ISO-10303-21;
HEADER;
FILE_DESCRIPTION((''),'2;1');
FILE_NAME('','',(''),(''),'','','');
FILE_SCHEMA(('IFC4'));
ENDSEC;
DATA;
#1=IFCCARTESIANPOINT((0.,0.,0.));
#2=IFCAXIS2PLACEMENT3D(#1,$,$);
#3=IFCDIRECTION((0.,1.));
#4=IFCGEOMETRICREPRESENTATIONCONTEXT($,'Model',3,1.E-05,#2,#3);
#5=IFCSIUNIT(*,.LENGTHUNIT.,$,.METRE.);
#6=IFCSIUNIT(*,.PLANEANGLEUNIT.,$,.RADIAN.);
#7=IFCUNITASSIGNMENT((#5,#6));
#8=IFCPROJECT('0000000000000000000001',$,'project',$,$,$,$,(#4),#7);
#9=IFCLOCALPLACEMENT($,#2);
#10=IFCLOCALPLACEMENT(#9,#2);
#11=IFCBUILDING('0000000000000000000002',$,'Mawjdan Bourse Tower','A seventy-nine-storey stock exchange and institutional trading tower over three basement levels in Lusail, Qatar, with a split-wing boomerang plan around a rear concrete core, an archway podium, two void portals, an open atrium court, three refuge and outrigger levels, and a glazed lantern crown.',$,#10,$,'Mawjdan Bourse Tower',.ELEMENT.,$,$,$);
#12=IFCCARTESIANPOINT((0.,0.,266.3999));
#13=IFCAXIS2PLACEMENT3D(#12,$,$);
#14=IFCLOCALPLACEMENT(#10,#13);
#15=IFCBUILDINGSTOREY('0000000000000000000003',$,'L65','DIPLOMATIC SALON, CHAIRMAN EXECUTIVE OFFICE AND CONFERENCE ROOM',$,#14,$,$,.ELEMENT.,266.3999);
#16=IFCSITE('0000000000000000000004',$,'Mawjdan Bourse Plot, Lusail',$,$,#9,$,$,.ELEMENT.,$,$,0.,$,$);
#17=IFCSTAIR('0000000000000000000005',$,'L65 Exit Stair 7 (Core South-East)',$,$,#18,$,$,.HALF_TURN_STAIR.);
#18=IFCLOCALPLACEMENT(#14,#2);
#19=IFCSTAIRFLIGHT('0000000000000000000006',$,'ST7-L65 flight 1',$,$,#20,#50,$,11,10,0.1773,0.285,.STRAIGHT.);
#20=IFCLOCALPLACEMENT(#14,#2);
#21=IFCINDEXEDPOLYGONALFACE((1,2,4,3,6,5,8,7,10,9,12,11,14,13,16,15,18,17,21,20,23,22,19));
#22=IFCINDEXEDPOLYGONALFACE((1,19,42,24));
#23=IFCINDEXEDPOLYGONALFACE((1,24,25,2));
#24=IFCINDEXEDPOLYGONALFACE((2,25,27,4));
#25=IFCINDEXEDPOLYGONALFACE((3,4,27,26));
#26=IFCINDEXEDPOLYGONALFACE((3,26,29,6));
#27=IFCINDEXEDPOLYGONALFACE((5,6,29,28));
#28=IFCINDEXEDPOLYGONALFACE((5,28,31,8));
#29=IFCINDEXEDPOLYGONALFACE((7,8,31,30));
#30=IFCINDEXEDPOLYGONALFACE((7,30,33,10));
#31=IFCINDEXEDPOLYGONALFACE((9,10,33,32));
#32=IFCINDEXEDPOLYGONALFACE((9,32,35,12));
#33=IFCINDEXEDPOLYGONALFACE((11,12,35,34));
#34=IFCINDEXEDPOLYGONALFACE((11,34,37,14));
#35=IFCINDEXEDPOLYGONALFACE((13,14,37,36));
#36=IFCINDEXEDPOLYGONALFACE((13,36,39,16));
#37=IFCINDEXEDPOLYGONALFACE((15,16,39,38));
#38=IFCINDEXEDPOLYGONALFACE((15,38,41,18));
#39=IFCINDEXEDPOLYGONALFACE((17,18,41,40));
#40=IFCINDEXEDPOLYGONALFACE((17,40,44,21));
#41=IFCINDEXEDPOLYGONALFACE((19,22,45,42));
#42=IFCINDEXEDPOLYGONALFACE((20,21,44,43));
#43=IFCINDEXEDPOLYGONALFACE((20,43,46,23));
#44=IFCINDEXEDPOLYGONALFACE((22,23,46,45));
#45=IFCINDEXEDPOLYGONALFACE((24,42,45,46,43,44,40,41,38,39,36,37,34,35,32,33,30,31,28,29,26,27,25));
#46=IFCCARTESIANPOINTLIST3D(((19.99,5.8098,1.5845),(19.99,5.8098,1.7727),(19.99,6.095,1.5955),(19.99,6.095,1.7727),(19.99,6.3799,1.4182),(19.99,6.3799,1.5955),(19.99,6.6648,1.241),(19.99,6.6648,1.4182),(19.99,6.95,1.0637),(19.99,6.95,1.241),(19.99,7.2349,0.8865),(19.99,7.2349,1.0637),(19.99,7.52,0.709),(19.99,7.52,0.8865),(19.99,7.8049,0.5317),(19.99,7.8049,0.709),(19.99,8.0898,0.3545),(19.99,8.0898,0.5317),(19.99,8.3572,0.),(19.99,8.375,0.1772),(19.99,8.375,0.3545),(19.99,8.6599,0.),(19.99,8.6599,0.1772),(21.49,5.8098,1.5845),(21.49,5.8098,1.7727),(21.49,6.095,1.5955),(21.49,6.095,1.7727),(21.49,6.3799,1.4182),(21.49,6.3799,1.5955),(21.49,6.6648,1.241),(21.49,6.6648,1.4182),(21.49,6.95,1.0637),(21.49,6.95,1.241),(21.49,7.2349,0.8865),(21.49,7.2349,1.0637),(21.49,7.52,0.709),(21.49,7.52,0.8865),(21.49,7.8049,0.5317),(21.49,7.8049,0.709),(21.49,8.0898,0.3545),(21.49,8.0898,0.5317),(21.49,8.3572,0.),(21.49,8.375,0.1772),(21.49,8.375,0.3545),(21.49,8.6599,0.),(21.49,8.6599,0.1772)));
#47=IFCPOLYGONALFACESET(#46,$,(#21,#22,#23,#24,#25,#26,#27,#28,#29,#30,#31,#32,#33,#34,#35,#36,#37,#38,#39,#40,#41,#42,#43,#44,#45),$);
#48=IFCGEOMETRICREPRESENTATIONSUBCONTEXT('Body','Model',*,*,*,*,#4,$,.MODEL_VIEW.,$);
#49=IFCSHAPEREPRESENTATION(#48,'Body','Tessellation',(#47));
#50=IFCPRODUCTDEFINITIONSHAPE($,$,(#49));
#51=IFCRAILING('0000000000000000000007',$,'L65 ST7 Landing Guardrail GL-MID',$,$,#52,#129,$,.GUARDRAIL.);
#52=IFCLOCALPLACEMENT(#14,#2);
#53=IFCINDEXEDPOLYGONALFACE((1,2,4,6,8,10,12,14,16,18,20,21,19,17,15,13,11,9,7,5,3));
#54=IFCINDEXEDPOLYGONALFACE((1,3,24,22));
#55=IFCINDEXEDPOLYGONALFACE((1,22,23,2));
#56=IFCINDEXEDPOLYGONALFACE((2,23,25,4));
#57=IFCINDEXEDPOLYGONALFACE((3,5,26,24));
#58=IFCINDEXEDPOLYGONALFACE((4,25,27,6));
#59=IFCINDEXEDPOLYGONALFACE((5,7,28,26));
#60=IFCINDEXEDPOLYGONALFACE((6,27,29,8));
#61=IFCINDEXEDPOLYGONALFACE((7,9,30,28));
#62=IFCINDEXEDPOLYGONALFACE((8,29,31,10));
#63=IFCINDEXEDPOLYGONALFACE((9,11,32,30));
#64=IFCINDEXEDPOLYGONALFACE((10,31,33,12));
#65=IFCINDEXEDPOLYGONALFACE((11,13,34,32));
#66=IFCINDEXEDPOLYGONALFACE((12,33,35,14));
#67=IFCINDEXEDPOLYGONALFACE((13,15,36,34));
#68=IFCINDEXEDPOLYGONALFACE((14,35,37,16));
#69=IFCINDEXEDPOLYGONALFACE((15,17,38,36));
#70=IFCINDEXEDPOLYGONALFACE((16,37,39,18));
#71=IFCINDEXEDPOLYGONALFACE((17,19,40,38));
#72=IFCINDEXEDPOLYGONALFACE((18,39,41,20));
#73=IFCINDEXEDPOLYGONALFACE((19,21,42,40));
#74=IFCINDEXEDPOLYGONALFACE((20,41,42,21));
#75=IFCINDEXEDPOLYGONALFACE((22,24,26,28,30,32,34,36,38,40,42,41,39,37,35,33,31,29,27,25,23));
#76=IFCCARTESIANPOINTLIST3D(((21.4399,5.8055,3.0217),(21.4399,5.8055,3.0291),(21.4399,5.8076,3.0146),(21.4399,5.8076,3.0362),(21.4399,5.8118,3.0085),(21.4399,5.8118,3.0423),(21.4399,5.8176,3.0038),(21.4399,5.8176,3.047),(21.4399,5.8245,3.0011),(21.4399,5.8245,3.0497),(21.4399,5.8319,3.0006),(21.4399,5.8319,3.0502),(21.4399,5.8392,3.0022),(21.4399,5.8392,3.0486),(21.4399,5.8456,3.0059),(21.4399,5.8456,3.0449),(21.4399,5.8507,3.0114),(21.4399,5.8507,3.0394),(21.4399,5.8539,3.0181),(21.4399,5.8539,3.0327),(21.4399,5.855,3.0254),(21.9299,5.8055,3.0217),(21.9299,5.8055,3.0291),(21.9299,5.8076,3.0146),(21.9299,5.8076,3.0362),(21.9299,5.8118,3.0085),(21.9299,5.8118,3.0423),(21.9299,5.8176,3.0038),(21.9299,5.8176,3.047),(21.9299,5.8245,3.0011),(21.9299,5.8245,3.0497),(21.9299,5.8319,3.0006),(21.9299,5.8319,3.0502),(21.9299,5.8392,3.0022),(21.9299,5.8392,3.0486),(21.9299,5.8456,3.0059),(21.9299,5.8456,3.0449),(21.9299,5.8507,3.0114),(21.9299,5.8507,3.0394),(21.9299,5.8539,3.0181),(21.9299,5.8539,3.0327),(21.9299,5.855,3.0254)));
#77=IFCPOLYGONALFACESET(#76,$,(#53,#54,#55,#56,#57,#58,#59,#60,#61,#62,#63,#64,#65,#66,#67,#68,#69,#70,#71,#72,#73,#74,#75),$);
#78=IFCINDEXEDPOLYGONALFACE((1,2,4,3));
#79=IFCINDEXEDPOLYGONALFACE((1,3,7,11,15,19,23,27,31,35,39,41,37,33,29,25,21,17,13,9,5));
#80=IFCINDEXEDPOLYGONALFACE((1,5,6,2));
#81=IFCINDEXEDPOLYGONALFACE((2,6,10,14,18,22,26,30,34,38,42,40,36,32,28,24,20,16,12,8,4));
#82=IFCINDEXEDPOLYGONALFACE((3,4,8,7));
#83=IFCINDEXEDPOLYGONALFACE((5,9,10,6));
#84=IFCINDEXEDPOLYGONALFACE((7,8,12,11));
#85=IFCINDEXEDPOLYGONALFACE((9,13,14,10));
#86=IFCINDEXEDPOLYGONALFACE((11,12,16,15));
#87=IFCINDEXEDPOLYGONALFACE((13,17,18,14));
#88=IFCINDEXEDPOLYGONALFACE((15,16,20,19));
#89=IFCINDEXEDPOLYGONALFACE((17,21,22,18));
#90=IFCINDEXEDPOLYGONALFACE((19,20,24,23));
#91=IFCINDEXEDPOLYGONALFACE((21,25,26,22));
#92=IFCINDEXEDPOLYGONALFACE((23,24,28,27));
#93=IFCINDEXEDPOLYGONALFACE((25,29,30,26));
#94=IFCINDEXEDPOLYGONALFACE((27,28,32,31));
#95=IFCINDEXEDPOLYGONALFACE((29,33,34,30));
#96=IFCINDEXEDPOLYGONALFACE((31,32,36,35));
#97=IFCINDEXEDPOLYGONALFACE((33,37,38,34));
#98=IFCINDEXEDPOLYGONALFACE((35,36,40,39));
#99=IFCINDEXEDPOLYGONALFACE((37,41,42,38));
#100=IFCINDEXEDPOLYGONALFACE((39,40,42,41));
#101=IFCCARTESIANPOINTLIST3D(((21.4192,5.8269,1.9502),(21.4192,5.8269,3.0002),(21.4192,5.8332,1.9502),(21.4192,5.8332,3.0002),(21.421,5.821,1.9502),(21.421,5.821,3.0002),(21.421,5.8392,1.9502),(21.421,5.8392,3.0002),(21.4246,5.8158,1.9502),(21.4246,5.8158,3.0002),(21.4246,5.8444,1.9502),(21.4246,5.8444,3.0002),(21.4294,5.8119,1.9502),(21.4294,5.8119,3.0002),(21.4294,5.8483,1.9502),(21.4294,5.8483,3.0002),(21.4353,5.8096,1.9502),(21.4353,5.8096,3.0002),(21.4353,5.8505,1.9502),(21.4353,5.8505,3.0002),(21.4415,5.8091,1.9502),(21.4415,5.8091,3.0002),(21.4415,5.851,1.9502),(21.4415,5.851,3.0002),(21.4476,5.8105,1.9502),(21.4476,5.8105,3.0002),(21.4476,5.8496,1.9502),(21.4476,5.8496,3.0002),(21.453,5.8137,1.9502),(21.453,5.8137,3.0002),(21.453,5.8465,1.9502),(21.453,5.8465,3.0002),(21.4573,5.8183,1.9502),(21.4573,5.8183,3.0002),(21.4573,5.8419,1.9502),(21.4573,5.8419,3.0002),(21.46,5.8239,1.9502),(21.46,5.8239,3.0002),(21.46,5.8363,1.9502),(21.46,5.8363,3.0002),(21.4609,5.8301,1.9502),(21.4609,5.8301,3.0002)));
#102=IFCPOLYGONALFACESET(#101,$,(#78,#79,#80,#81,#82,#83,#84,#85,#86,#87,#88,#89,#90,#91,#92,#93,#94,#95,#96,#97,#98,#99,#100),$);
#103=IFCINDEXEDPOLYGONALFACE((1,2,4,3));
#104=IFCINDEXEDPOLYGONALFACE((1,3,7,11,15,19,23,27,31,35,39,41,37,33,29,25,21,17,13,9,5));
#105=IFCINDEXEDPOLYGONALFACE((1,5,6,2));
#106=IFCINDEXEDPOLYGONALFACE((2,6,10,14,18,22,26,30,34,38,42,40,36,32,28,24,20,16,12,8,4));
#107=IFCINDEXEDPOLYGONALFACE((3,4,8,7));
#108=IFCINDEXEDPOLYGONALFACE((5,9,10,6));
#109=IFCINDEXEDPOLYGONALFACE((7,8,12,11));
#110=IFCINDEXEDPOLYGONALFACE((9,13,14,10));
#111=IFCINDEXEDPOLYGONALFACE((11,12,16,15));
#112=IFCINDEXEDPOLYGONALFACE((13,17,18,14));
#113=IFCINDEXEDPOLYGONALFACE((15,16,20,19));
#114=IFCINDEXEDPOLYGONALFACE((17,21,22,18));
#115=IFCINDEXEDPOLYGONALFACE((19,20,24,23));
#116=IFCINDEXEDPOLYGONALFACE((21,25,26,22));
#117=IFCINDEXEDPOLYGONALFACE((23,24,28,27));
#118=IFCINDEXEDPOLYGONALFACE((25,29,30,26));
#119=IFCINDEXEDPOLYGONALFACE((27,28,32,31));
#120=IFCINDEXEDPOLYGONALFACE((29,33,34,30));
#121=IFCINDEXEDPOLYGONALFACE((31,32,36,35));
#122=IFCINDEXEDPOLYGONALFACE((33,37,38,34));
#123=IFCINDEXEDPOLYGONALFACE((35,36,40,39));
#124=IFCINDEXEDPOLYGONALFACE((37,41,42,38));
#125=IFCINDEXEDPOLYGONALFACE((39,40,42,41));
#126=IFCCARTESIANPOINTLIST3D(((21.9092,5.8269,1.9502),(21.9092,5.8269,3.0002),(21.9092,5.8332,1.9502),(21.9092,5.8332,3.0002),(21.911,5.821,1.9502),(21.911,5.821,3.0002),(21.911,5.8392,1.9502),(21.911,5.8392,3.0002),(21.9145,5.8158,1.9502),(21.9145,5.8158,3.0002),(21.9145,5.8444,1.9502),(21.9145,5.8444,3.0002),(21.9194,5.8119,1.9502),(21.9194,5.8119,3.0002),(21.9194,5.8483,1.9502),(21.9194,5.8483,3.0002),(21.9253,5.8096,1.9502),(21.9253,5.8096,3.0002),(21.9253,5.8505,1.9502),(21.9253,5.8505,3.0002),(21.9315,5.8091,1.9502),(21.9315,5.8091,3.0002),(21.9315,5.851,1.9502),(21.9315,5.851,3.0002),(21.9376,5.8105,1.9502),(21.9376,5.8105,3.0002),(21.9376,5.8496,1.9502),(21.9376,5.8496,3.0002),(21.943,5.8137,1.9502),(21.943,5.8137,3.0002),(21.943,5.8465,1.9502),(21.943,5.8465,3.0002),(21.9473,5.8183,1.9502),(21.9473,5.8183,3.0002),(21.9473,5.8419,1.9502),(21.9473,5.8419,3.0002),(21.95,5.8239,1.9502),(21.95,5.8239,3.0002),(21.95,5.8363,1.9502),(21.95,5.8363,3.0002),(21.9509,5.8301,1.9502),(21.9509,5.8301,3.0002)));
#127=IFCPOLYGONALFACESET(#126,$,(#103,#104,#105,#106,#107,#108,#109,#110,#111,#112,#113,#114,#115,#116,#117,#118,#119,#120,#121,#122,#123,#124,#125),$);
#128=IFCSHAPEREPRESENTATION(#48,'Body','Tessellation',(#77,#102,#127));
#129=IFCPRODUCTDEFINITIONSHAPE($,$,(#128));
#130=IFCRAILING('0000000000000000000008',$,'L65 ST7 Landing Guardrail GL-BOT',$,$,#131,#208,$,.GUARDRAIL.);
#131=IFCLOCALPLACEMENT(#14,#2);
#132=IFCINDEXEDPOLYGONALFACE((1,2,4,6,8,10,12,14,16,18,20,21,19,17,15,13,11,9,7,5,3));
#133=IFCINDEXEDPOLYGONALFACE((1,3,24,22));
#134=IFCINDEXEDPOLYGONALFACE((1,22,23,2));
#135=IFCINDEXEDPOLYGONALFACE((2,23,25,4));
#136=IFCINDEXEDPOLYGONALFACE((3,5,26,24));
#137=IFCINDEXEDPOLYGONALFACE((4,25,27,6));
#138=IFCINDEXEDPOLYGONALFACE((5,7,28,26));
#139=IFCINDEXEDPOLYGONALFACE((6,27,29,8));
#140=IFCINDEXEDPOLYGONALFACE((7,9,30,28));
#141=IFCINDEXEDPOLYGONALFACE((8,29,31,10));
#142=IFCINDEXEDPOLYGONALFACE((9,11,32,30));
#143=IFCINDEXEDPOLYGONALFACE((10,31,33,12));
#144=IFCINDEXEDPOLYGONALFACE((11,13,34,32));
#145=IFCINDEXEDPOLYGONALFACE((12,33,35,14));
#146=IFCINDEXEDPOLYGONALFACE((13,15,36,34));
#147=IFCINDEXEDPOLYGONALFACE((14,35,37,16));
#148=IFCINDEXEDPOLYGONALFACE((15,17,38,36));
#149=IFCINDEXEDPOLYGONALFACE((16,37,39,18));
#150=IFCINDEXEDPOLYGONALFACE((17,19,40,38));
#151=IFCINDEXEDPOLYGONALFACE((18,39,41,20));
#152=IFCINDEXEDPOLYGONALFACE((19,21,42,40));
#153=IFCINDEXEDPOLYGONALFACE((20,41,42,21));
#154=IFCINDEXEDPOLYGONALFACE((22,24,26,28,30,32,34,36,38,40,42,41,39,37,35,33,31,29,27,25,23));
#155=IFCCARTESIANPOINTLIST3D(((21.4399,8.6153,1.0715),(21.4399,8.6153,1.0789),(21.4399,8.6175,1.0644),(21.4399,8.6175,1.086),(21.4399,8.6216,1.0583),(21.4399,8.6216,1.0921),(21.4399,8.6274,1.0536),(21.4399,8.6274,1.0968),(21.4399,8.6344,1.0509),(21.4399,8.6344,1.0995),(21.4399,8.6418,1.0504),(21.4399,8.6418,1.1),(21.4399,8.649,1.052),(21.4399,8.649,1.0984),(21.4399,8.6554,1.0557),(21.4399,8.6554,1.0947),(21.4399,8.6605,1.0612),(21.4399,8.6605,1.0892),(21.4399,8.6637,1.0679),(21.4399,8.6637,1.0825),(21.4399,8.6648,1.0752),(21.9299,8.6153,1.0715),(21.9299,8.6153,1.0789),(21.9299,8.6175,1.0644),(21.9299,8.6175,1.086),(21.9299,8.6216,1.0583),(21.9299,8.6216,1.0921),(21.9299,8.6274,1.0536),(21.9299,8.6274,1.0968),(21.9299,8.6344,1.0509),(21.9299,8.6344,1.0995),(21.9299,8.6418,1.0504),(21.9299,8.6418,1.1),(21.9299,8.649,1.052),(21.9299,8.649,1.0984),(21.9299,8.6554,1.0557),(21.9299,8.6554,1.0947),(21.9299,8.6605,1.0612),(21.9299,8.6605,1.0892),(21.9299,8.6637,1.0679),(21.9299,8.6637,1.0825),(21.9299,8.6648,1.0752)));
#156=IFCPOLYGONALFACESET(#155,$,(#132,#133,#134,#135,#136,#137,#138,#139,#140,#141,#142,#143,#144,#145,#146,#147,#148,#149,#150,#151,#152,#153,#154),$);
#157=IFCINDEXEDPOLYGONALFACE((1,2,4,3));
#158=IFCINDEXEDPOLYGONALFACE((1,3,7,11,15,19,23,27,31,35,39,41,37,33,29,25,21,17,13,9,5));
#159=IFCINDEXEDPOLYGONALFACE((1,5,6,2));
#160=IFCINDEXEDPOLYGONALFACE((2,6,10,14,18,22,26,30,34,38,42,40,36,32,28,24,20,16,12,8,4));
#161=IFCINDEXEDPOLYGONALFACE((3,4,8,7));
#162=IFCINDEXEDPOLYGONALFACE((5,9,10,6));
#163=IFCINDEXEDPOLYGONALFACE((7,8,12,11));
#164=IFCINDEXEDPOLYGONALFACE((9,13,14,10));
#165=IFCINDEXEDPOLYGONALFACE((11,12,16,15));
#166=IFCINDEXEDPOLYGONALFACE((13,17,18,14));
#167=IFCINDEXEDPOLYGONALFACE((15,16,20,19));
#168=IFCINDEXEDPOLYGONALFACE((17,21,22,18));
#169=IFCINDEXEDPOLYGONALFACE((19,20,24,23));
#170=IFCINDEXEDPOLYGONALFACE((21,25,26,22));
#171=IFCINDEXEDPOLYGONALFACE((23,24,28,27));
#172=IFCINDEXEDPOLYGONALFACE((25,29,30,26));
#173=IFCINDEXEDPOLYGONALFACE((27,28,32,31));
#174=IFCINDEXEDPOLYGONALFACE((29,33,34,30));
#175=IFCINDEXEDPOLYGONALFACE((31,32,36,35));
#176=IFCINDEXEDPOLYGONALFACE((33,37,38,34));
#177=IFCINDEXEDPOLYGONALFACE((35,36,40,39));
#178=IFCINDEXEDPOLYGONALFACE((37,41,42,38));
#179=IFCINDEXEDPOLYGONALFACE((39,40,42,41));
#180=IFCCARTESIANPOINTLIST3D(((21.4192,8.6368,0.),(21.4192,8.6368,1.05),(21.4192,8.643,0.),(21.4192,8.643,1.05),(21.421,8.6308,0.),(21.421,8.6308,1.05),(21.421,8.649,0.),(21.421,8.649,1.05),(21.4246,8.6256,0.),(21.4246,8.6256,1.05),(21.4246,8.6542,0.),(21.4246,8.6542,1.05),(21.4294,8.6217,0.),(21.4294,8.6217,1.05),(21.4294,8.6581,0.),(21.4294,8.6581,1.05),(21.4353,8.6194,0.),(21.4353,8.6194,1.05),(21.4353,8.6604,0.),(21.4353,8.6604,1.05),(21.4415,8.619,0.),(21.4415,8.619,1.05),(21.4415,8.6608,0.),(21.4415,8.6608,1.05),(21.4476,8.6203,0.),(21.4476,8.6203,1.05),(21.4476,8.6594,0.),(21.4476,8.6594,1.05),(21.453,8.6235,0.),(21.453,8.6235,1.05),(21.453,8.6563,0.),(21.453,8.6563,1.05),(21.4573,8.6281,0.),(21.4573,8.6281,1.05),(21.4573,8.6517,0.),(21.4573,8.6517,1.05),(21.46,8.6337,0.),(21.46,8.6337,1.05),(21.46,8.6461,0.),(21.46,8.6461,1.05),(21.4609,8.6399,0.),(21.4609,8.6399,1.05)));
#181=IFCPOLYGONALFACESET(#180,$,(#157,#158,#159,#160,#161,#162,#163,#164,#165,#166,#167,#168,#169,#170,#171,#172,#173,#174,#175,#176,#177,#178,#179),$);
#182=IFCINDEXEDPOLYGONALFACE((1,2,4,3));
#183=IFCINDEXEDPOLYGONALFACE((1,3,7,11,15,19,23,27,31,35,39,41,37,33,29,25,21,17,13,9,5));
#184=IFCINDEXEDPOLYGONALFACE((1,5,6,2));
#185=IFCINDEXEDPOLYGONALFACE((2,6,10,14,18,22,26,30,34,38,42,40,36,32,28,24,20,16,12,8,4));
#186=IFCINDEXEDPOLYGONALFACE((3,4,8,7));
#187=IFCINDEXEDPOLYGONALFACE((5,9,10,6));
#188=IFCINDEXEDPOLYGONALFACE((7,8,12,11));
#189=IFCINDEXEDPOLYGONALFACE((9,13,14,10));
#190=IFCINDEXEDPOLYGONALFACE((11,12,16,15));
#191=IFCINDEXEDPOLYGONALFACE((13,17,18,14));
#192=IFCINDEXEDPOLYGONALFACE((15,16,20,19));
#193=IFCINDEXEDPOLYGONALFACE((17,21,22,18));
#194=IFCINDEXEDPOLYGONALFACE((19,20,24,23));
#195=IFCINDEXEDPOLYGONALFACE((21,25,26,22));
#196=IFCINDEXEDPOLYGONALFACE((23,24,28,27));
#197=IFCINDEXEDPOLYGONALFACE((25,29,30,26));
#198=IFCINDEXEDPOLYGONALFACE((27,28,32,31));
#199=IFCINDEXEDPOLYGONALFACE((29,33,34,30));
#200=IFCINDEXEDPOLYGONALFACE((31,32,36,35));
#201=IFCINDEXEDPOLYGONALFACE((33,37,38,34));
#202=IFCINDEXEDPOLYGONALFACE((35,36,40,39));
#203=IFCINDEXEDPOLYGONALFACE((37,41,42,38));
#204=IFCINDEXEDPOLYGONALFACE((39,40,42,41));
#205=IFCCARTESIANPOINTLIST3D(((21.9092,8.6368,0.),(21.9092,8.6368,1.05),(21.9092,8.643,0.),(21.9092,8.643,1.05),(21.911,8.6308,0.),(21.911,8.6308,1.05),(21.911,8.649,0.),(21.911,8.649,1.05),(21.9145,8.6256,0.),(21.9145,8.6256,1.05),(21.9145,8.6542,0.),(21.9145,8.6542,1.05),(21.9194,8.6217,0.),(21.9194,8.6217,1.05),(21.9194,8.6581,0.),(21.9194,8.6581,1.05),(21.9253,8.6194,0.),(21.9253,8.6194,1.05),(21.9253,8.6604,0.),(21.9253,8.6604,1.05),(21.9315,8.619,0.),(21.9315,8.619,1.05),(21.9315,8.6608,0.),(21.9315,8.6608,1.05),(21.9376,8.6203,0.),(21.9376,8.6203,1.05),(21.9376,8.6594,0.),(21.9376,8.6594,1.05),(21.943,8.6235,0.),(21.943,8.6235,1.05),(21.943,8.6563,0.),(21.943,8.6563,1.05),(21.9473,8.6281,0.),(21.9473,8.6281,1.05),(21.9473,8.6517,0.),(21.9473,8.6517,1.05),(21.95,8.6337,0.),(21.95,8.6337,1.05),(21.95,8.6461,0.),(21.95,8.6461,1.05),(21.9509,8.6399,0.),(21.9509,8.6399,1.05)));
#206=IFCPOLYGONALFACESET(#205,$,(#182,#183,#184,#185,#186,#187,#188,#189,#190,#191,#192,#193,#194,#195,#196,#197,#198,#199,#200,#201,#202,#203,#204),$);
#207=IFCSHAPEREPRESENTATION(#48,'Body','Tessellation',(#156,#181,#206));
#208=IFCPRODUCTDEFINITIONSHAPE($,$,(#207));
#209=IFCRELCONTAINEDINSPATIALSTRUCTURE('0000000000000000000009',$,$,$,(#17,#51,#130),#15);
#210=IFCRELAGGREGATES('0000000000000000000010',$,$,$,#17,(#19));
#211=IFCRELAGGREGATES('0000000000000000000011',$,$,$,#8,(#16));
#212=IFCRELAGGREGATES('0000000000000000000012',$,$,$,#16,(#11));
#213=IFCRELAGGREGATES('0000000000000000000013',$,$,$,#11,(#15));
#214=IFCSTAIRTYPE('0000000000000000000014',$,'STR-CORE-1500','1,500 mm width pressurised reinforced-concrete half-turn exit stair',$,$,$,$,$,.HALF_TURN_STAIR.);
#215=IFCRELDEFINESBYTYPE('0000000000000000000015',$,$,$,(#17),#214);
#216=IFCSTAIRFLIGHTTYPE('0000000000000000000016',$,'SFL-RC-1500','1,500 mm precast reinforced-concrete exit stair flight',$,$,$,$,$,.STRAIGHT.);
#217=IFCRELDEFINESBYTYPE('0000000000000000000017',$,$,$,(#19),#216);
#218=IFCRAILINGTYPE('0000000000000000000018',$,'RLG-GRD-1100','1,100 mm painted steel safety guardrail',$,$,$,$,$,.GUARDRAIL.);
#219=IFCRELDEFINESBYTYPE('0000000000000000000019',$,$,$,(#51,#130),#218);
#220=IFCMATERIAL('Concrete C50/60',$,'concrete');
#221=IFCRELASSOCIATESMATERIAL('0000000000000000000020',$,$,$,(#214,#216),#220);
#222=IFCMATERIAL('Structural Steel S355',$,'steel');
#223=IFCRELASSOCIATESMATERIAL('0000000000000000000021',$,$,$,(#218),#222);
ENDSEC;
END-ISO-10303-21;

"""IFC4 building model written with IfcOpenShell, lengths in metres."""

from ifc_helpers import new_model, si_unit, direction, frame, origin, origin_2d, place, context, subcontext, project, spatial, polyline, circle, outline, extrude, material, type_object, element, aggregate, save


model = new_model("IFC4")

# Units and contexts
model_context = context("Model", 3, precision=1e-05, world=origin(), true_north=direction((0.0, 1.0)))
body_context = subcontext(model_context, "Body", "Model", "MODEL_VIEW")
ifc_project = project(units=[si_unit("LENGTHUNIT", "METRE"), si_unit("PLANEANGLEUNIT", "RADIAN")], contexts=[model_context])

# Site, building, storey
site_placement = place(None, origin())
site = spatial("IfcSite", under=ifc_project, at=site_placement, Name="Mawjdan Bourse Plot, Lusail", CompositionType="ELEMENT", RefElevation=0.0)
building_placement = place(site_placement, origin())
building = spatial("IfcBuilding", under=site, at=building_placement, Name="Mawjdan Bourse Tower", Description="A seventy-nine-storey stock exchange and institutional trading tower over three basement levels in Lusail, Qatar, with a split-wing boomerang plan around a rear concrete core, an archway podium, two void portals, an open atrium court, three refuge and outrigger levels, and a glazed lantern crown.", LongName="Mawjdan Bourse Tower", CompositionType="ELEMENT")
storey_placement = place(building_placement, frame((0.0, 0.0, 266.3999)))
storey = spatial("IfcBuildingStorey", under=building, at=storey_placement, Name="L65", Description="DIPLOMATIC SALON, CHAIRMAN EXECUTIVE OFFICE AND CONFERENCE ROOM", CompositionType="ELEMENT", Elevation=266.3999)

# Shared definitions
ifc_material_1 = material(Name="Structural Steel S355", Category="steel")

# Shared definitions
ifc_material_2 = material(Name="Concrete C50/60", Category="concrete")

# Stair, stair flight
stair_type = type_object("IfcStairType", Name="STR-CORE-1500", Description="1,500 mm width pressurised reinforced-concrete half-turn exit stair", PredefinedType="HALF_TURN_STAIR", material=ifc_material_2)
stair_placement = place(storey_placement, origin())
stair = element("IfcStair", 1, at=stair_placement, inside=storey, type_object=stair_type, Name="L65 Exit Stair 7 (Core South-East)", PredefinedType="HALF_TURN_STAIR")
stair_flight_type = type_object("IfcStairFlightType", Name="SFL-RC-1500", Description="1,500 mm precast reinforced-concrete exit stair flight", PredefinedType="STRAIGHT", material=ifc_material_2)
stair_flight_placement = place(storey_placement, frame((20.74, 8.6599, 0.0), z_axis=(0.0, 0.0, 1.0), x_axis=(0.0, -1.0, 0.0)))
stair_flight = element("IfcStairFlight", 2, at=stair_flight_placement, type_object=stair_flight_type, Name="ST7-L65 flight 1", NumberOfRisers=11, NumberOfTreads=10, PredefinedType="STRAIGHT", RiserHeight=0.1773, TreadLength=0.285, context=body_context, shape_type="SweptSolid", body=[
    extrude(outline(polyline([(0.0, 0.0), (0.0, 0.1772), (0.2849, 0.1772), (0.2849, 0.3545), (0.5701, 0.3545), (0.5701, 0.5317), (0.855, 0.5317), (0.855, 0.709), (1.1399, 0.709), (1.1399, 0.8865), (1.425, 0.8865), (1.425, 1.0637), (1.71, 1.0637), (1.71, 1.241), (1.9951, 1.241), (1.9951, 1.4182), (2.28, 1.4182), (2.28, 1.5955), (2.5649, 1.5955), (2.5649, 1.7727), (2.8501, 1.7727), (2.8501, 1.95), (2.8501, 1.5845), (0.3027, 0.0), (0.0, 0.0)])), frame((0.0, 0.75, 0.0), z_axis=(0.0, -1.0, 0.0), x_axis=(1.0, 0.0, 0.0)), (0.0, 0.0, 1.0), 1.5),
])
aggregate(stair, [stair_flight])

# Railings
railing_type = type_object("IfcRailingType", Name="RLG-GRD-1100", Description="1,100 mm painted steel safety guardrail", PredefinedType="GUARDRAIL", material=ifc_material_1)
for number, where, name in (
    (3, (21.4399, 5.8301, 1.9502), "L65 ST7 Landing Guardrail GL-MID"),
    (4, (21.4399, 8.6399, 0.0), "L65 ST7 Landing Guardrail GL-BOT"),
):
    element("IfcRailing", number, at=place(storey_placement, frame(where)), inside=storey, type_object=railing_type, Name=name, PredefinedType="GUARDRAIL", context=body_context, shape_type="SweptSolid", body=[
        extrude(circle(Radius=0.0249, at=origin_2d()), frame((0.0, 0.0, 1.0752), z_axis=(1.0, 0.0, 0.0), x_axis=(0.0, 1.0, 0.0)), (0.0, 0.0, 1.0), 0.49),
        extrude(circle(Radius=0.021, at=origin_2d()), origin(), (0.0, 0.0, 1.0), 1.05),
        extrude(circle(Radius=0.021, at=origin_2d()), frame((0.49, 0.0, 0.0)), (0.0, 0.0, 1.0), 1.05),
    ])

save(model, "model.ifc")
